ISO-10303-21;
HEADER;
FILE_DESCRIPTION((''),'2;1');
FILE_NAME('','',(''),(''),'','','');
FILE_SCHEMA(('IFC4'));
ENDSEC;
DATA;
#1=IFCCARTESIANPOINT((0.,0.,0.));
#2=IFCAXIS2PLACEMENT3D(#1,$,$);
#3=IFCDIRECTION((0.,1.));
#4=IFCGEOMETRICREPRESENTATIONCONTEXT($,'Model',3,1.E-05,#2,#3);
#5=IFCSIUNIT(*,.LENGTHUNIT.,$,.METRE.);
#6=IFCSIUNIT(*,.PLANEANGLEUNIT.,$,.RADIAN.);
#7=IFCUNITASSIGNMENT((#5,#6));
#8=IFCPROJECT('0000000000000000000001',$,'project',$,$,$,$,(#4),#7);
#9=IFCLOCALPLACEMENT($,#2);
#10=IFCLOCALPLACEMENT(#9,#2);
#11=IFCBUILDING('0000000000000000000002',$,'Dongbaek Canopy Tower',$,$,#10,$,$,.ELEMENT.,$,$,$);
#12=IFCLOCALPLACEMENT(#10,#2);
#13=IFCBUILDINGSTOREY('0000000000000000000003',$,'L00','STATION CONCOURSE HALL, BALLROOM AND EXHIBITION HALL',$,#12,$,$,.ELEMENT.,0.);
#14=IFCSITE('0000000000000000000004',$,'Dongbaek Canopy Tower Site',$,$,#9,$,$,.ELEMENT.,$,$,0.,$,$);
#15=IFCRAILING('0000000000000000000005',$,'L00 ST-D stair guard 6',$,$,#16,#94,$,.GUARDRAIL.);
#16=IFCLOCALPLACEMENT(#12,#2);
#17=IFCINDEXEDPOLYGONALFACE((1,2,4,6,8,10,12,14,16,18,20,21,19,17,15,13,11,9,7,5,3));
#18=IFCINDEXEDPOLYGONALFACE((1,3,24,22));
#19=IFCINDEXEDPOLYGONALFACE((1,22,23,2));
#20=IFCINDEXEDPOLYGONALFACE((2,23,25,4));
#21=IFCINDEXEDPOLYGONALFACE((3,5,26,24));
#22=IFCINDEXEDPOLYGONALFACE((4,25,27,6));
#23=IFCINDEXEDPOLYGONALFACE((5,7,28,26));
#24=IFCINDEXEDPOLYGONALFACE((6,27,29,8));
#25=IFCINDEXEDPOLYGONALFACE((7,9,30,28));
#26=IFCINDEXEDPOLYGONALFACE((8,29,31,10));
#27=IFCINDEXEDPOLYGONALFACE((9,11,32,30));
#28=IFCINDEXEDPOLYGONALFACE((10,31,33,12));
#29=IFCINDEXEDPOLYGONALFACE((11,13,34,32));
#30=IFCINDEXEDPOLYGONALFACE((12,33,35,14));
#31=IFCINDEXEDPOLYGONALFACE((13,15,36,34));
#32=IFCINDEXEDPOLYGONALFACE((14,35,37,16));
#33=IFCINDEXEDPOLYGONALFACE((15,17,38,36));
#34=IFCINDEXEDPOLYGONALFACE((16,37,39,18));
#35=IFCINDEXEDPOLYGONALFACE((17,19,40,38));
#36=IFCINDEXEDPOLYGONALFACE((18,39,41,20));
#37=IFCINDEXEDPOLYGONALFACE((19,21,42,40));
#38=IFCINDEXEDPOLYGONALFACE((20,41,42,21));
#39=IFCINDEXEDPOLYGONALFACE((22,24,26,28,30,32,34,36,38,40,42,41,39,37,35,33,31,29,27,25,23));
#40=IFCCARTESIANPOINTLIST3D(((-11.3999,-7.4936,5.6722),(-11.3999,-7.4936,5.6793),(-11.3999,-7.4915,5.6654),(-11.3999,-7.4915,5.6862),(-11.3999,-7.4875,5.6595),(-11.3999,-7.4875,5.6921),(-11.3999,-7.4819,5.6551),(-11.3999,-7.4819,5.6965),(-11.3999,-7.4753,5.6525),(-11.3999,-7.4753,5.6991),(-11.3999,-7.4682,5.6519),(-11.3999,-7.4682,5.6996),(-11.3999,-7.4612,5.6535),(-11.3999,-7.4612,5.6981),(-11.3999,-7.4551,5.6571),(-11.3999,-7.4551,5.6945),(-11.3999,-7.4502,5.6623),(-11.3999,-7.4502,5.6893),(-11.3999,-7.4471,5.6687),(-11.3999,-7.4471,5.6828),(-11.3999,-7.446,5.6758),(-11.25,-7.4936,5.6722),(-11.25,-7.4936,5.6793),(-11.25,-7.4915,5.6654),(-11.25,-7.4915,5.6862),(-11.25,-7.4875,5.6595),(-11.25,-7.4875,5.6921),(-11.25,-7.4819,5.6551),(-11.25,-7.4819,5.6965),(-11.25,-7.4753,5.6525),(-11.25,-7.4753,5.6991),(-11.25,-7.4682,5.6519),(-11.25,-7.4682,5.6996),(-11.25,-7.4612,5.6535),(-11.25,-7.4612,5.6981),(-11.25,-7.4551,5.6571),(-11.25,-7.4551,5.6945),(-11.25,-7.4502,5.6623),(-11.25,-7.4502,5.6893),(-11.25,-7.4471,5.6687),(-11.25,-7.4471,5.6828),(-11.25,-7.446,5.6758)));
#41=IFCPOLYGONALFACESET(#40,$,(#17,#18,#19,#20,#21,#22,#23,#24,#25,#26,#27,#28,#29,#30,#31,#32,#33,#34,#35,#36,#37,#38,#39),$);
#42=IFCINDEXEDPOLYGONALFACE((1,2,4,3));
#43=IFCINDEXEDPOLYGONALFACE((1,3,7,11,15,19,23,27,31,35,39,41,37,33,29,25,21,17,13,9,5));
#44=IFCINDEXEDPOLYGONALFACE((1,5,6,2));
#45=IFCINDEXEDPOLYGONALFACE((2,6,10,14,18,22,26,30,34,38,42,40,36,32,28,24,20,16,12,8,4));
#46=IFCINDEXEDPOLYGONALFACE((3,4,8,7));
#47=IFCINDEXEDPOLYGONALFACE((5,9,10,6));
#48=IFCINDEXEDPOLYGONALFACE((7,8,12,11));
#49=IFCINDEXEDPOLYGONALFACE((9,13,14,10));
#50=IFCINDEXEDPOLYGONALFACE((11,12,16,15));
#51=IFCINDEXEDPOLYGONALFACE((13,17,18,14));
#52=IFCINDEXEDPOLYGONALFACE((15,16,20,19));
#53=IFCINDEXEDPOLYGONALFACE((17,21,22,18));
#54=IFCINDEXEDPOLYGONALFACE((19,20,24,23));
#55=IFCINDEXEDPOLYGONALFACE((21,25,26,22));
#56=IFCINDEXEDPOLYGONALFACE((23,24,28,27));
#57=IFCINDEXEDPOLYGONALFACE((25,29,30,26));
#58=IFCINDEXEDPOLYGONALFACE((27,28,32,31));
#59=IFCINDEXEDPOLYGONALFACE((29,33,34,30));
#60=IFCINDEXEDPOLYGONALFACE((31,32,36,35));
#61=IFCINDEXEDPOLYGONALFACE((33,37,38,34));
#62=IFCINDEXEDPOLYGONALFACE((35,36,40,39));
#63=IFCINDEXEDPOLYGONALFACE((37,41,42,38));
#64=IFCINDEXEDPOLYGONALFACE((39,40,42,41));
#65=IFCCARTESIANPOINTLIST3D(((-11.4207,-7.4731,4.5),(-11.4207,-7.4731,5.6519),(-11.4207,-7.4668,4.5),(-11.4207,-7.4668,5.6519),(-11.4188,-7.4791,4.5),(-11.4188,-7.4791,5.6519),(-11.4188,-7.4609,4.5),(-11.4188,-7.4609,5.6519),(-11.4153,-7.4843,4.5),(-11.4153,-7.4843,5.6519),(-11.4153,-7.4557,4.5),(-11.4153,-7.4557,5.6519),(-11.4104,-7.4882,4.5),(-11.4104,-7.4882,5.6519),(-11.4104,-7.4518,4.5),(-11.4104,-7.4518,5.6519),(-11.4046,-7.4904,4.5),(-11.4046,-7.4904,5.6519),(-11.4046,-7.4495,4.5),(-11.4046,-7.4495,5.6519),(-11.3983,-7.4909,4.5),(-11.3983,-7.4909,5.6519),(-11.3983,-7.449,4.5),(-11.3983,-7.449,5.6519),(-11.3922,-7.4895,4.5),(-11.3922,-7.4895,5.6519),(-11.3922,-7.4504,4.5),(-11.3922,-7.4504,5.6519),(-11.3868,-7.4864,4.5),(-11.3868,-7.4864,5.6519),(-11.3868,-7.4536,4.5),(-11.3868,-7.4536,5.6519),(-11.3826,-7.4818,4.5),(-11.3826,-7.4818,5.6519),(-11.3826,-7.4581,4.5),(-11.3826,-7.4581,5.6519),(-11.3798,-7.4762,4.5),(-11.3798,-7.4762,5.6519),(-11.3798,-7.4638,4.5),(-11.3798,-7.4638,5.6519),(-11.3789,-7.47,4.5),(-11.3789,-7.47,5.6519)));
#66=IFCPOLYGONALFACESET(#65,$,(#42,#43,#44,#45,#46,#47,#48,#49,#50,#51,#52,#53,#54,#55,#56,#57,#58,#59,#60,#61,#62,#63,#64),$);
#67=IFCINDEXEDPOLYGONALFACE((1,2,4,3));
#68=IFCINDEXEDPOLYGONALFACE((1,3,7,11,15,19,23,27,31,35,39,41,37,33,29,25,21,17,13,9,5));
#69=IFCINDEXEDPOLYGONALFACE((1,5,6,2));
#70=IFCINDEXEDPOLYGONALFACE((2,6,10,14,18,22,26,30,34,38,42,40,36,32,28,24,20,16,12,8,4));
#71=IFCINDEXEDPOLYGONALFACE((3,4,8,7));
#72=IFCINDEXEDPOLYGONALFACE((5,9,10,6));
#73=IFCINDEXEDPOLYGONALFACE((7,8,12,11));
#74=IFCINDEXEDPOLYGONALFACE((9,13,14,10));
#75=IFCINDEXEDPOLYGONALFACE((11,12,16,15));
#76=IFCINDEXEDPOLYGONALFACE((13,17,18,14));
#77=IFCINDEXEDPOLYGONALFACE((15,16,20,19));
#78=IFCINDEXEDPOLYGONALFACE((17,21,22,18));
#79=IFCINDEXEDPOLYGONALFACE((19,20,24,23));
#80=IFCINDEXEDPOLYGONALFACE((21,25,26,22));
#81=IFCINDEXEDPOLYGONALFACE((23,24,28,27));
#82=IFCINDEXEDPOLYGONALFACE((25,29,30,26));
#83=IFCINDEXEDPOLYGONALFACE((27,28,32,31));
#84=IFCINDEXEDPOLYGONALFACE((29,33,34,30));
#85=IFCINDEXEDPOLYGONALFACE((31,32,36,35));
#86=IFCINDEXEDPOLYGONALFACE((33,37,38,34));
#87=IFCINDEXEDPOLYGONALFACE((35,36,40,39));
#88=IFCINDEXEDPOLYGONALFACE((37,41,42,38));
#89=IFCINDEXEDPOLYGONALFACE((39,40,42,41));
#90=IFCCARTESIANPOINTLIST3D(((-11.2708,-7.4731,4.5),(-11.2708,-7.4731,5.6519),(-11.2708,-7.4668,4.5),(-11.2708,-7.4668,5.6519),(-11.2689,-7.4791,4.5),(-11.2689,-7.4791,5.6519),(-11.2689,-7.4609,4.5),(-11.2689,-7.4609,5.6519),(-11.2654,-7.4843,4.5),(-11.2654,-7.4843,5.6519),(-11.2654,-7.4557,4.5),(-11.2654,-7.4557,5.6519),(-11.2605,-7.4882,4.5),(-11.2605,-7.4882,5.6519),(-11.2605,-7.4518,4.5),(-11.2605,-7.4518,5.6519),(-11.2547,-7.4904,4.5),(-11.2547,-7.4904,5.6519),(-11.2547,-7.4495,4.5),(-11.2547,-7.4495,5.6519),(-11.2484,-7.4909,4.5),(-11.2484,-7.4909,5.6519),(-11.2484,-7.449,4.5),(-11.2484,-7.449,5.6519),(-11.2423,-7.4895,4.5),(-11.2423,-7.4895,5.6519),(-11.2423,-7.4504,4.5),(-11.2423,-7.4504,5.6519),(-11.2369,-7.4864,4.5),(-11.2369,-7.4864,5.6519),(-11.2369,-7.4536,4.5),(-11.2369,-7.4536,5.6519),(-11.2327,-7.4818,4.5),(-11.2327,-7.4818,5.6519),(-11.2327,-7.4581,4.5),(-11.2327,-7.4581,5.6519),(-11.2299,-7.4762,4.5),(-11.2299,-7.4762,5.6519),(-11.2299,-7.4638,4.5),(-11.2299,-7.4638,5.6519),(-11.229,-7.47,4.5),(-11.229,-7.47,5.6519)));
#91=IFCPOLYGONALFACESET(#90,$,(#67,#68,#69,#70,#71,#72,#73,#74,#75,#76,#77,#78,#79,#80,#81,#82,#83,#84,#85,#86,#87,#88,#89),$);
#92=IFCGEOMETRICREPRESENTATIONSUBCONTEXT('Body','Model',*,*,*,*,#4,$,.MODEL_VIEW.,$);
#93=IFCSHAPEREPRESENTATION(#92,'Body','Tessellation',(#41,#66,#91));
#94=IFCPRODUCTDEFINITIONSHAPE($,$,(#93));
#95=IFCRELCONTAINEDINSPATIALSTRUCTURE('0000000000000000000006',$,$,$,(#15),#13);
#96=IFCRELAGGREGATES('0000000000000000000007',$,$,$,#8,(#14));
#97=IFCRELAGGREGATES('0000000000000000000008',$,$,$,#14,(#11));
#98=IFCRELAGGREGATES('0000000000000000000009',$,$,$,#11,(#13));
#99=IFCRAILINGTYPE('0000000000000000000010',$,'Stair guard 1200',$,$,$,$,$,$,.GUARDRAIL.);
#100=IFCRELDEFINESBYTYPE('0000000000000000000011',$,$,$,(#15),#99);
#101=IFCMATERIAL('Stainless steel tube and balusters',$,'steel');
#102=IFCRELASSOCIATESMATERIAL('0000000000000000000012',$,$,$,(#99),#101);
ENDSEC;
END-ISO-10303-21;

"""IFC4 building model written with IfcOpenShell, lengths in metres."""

from ifc_helpers import new_model, si_unit, direction, frame, origin, origin_2d, place, context, subcontext, project, spatial, circle, extrude, material, type_object, element, save


model = new_model("IFC4")

# Units and contexts
model_context = context("Model", 3, precision=1e-05, world=origin(), true_north=direction((0.0, 1.0)))
body_context = subcontext(model_context, "Body", "Model", "MODEL_VIEW")
ifc_project = project(units=[si_unit("LENGTHUNIT", "METRE"), si_unit("PLANEANGLEUNIT", "RADIAN")], contexts=[model_context])

# Site, building, storey
site_placement = place(None, origin())
site = spatial("IfcSite", under=ifc_project, at=site_placement, Name="Dongbaek Canopy Tower Site", CompositionType="ELEMENT", RefElevation=0.0)
building_placement = place(site_placement, origin())
building = spatial("IfcBuilding", under=site, at=building_placement, Name="Dongbaek Canopy Tower", CompositionType="ELEMENT")
storey_placement = place(building_placement, origin())
storey = spatial("IfcBuildingStorey", under=building, at=storey_placement, Name="L00", Description="STATION CONCOURSE HALL, BALLROOM AND EXHIBITION HALL", CompositionType="ELEMENT", Elevation=0.0)

# Railing
ifc_material_1 = material(Name="Stainless steel tube and balusters", Category="steel")
railing_type_1 = type_object("IfcRailingType", Name="Stair guard 1200", PredefinedType="GUARDRAIL", material=ifc_material_1)
railing_1_placement = place(storey_placement, frame((-11.3999, -7.47, 4.5)))
element("IfcRailing", 1, at=railing_1_placement, inside=storey, type_object=railing_type_1, Name="L00 ST-D stair guard 6", PredefinedType="GUARDRAIL", context=body_context, shape_type="SweptSolid", body=[
    extrude(circle(Radius=0.0239, at=origin_2d()), frame((0.0, 0.0, 1.1758), z_axis=(1.0, 0.0, 0.0), x_axis=(0.0, 1.0, 0.0)), (0.0, 0.0, 1.0), 0.1499),
    extrude(circle(Radius=0.021, at=origin_2d()), origin(), (0.0, 0.0, 1.0), 1.1519),
    extrude(circle(Radius=0.021, at=origin_2d()), frame((0.1499, 0.0, 0.0)), (0.0, 0.0, 1.0), 1.1519),
])

save(model, "model.ifc")
